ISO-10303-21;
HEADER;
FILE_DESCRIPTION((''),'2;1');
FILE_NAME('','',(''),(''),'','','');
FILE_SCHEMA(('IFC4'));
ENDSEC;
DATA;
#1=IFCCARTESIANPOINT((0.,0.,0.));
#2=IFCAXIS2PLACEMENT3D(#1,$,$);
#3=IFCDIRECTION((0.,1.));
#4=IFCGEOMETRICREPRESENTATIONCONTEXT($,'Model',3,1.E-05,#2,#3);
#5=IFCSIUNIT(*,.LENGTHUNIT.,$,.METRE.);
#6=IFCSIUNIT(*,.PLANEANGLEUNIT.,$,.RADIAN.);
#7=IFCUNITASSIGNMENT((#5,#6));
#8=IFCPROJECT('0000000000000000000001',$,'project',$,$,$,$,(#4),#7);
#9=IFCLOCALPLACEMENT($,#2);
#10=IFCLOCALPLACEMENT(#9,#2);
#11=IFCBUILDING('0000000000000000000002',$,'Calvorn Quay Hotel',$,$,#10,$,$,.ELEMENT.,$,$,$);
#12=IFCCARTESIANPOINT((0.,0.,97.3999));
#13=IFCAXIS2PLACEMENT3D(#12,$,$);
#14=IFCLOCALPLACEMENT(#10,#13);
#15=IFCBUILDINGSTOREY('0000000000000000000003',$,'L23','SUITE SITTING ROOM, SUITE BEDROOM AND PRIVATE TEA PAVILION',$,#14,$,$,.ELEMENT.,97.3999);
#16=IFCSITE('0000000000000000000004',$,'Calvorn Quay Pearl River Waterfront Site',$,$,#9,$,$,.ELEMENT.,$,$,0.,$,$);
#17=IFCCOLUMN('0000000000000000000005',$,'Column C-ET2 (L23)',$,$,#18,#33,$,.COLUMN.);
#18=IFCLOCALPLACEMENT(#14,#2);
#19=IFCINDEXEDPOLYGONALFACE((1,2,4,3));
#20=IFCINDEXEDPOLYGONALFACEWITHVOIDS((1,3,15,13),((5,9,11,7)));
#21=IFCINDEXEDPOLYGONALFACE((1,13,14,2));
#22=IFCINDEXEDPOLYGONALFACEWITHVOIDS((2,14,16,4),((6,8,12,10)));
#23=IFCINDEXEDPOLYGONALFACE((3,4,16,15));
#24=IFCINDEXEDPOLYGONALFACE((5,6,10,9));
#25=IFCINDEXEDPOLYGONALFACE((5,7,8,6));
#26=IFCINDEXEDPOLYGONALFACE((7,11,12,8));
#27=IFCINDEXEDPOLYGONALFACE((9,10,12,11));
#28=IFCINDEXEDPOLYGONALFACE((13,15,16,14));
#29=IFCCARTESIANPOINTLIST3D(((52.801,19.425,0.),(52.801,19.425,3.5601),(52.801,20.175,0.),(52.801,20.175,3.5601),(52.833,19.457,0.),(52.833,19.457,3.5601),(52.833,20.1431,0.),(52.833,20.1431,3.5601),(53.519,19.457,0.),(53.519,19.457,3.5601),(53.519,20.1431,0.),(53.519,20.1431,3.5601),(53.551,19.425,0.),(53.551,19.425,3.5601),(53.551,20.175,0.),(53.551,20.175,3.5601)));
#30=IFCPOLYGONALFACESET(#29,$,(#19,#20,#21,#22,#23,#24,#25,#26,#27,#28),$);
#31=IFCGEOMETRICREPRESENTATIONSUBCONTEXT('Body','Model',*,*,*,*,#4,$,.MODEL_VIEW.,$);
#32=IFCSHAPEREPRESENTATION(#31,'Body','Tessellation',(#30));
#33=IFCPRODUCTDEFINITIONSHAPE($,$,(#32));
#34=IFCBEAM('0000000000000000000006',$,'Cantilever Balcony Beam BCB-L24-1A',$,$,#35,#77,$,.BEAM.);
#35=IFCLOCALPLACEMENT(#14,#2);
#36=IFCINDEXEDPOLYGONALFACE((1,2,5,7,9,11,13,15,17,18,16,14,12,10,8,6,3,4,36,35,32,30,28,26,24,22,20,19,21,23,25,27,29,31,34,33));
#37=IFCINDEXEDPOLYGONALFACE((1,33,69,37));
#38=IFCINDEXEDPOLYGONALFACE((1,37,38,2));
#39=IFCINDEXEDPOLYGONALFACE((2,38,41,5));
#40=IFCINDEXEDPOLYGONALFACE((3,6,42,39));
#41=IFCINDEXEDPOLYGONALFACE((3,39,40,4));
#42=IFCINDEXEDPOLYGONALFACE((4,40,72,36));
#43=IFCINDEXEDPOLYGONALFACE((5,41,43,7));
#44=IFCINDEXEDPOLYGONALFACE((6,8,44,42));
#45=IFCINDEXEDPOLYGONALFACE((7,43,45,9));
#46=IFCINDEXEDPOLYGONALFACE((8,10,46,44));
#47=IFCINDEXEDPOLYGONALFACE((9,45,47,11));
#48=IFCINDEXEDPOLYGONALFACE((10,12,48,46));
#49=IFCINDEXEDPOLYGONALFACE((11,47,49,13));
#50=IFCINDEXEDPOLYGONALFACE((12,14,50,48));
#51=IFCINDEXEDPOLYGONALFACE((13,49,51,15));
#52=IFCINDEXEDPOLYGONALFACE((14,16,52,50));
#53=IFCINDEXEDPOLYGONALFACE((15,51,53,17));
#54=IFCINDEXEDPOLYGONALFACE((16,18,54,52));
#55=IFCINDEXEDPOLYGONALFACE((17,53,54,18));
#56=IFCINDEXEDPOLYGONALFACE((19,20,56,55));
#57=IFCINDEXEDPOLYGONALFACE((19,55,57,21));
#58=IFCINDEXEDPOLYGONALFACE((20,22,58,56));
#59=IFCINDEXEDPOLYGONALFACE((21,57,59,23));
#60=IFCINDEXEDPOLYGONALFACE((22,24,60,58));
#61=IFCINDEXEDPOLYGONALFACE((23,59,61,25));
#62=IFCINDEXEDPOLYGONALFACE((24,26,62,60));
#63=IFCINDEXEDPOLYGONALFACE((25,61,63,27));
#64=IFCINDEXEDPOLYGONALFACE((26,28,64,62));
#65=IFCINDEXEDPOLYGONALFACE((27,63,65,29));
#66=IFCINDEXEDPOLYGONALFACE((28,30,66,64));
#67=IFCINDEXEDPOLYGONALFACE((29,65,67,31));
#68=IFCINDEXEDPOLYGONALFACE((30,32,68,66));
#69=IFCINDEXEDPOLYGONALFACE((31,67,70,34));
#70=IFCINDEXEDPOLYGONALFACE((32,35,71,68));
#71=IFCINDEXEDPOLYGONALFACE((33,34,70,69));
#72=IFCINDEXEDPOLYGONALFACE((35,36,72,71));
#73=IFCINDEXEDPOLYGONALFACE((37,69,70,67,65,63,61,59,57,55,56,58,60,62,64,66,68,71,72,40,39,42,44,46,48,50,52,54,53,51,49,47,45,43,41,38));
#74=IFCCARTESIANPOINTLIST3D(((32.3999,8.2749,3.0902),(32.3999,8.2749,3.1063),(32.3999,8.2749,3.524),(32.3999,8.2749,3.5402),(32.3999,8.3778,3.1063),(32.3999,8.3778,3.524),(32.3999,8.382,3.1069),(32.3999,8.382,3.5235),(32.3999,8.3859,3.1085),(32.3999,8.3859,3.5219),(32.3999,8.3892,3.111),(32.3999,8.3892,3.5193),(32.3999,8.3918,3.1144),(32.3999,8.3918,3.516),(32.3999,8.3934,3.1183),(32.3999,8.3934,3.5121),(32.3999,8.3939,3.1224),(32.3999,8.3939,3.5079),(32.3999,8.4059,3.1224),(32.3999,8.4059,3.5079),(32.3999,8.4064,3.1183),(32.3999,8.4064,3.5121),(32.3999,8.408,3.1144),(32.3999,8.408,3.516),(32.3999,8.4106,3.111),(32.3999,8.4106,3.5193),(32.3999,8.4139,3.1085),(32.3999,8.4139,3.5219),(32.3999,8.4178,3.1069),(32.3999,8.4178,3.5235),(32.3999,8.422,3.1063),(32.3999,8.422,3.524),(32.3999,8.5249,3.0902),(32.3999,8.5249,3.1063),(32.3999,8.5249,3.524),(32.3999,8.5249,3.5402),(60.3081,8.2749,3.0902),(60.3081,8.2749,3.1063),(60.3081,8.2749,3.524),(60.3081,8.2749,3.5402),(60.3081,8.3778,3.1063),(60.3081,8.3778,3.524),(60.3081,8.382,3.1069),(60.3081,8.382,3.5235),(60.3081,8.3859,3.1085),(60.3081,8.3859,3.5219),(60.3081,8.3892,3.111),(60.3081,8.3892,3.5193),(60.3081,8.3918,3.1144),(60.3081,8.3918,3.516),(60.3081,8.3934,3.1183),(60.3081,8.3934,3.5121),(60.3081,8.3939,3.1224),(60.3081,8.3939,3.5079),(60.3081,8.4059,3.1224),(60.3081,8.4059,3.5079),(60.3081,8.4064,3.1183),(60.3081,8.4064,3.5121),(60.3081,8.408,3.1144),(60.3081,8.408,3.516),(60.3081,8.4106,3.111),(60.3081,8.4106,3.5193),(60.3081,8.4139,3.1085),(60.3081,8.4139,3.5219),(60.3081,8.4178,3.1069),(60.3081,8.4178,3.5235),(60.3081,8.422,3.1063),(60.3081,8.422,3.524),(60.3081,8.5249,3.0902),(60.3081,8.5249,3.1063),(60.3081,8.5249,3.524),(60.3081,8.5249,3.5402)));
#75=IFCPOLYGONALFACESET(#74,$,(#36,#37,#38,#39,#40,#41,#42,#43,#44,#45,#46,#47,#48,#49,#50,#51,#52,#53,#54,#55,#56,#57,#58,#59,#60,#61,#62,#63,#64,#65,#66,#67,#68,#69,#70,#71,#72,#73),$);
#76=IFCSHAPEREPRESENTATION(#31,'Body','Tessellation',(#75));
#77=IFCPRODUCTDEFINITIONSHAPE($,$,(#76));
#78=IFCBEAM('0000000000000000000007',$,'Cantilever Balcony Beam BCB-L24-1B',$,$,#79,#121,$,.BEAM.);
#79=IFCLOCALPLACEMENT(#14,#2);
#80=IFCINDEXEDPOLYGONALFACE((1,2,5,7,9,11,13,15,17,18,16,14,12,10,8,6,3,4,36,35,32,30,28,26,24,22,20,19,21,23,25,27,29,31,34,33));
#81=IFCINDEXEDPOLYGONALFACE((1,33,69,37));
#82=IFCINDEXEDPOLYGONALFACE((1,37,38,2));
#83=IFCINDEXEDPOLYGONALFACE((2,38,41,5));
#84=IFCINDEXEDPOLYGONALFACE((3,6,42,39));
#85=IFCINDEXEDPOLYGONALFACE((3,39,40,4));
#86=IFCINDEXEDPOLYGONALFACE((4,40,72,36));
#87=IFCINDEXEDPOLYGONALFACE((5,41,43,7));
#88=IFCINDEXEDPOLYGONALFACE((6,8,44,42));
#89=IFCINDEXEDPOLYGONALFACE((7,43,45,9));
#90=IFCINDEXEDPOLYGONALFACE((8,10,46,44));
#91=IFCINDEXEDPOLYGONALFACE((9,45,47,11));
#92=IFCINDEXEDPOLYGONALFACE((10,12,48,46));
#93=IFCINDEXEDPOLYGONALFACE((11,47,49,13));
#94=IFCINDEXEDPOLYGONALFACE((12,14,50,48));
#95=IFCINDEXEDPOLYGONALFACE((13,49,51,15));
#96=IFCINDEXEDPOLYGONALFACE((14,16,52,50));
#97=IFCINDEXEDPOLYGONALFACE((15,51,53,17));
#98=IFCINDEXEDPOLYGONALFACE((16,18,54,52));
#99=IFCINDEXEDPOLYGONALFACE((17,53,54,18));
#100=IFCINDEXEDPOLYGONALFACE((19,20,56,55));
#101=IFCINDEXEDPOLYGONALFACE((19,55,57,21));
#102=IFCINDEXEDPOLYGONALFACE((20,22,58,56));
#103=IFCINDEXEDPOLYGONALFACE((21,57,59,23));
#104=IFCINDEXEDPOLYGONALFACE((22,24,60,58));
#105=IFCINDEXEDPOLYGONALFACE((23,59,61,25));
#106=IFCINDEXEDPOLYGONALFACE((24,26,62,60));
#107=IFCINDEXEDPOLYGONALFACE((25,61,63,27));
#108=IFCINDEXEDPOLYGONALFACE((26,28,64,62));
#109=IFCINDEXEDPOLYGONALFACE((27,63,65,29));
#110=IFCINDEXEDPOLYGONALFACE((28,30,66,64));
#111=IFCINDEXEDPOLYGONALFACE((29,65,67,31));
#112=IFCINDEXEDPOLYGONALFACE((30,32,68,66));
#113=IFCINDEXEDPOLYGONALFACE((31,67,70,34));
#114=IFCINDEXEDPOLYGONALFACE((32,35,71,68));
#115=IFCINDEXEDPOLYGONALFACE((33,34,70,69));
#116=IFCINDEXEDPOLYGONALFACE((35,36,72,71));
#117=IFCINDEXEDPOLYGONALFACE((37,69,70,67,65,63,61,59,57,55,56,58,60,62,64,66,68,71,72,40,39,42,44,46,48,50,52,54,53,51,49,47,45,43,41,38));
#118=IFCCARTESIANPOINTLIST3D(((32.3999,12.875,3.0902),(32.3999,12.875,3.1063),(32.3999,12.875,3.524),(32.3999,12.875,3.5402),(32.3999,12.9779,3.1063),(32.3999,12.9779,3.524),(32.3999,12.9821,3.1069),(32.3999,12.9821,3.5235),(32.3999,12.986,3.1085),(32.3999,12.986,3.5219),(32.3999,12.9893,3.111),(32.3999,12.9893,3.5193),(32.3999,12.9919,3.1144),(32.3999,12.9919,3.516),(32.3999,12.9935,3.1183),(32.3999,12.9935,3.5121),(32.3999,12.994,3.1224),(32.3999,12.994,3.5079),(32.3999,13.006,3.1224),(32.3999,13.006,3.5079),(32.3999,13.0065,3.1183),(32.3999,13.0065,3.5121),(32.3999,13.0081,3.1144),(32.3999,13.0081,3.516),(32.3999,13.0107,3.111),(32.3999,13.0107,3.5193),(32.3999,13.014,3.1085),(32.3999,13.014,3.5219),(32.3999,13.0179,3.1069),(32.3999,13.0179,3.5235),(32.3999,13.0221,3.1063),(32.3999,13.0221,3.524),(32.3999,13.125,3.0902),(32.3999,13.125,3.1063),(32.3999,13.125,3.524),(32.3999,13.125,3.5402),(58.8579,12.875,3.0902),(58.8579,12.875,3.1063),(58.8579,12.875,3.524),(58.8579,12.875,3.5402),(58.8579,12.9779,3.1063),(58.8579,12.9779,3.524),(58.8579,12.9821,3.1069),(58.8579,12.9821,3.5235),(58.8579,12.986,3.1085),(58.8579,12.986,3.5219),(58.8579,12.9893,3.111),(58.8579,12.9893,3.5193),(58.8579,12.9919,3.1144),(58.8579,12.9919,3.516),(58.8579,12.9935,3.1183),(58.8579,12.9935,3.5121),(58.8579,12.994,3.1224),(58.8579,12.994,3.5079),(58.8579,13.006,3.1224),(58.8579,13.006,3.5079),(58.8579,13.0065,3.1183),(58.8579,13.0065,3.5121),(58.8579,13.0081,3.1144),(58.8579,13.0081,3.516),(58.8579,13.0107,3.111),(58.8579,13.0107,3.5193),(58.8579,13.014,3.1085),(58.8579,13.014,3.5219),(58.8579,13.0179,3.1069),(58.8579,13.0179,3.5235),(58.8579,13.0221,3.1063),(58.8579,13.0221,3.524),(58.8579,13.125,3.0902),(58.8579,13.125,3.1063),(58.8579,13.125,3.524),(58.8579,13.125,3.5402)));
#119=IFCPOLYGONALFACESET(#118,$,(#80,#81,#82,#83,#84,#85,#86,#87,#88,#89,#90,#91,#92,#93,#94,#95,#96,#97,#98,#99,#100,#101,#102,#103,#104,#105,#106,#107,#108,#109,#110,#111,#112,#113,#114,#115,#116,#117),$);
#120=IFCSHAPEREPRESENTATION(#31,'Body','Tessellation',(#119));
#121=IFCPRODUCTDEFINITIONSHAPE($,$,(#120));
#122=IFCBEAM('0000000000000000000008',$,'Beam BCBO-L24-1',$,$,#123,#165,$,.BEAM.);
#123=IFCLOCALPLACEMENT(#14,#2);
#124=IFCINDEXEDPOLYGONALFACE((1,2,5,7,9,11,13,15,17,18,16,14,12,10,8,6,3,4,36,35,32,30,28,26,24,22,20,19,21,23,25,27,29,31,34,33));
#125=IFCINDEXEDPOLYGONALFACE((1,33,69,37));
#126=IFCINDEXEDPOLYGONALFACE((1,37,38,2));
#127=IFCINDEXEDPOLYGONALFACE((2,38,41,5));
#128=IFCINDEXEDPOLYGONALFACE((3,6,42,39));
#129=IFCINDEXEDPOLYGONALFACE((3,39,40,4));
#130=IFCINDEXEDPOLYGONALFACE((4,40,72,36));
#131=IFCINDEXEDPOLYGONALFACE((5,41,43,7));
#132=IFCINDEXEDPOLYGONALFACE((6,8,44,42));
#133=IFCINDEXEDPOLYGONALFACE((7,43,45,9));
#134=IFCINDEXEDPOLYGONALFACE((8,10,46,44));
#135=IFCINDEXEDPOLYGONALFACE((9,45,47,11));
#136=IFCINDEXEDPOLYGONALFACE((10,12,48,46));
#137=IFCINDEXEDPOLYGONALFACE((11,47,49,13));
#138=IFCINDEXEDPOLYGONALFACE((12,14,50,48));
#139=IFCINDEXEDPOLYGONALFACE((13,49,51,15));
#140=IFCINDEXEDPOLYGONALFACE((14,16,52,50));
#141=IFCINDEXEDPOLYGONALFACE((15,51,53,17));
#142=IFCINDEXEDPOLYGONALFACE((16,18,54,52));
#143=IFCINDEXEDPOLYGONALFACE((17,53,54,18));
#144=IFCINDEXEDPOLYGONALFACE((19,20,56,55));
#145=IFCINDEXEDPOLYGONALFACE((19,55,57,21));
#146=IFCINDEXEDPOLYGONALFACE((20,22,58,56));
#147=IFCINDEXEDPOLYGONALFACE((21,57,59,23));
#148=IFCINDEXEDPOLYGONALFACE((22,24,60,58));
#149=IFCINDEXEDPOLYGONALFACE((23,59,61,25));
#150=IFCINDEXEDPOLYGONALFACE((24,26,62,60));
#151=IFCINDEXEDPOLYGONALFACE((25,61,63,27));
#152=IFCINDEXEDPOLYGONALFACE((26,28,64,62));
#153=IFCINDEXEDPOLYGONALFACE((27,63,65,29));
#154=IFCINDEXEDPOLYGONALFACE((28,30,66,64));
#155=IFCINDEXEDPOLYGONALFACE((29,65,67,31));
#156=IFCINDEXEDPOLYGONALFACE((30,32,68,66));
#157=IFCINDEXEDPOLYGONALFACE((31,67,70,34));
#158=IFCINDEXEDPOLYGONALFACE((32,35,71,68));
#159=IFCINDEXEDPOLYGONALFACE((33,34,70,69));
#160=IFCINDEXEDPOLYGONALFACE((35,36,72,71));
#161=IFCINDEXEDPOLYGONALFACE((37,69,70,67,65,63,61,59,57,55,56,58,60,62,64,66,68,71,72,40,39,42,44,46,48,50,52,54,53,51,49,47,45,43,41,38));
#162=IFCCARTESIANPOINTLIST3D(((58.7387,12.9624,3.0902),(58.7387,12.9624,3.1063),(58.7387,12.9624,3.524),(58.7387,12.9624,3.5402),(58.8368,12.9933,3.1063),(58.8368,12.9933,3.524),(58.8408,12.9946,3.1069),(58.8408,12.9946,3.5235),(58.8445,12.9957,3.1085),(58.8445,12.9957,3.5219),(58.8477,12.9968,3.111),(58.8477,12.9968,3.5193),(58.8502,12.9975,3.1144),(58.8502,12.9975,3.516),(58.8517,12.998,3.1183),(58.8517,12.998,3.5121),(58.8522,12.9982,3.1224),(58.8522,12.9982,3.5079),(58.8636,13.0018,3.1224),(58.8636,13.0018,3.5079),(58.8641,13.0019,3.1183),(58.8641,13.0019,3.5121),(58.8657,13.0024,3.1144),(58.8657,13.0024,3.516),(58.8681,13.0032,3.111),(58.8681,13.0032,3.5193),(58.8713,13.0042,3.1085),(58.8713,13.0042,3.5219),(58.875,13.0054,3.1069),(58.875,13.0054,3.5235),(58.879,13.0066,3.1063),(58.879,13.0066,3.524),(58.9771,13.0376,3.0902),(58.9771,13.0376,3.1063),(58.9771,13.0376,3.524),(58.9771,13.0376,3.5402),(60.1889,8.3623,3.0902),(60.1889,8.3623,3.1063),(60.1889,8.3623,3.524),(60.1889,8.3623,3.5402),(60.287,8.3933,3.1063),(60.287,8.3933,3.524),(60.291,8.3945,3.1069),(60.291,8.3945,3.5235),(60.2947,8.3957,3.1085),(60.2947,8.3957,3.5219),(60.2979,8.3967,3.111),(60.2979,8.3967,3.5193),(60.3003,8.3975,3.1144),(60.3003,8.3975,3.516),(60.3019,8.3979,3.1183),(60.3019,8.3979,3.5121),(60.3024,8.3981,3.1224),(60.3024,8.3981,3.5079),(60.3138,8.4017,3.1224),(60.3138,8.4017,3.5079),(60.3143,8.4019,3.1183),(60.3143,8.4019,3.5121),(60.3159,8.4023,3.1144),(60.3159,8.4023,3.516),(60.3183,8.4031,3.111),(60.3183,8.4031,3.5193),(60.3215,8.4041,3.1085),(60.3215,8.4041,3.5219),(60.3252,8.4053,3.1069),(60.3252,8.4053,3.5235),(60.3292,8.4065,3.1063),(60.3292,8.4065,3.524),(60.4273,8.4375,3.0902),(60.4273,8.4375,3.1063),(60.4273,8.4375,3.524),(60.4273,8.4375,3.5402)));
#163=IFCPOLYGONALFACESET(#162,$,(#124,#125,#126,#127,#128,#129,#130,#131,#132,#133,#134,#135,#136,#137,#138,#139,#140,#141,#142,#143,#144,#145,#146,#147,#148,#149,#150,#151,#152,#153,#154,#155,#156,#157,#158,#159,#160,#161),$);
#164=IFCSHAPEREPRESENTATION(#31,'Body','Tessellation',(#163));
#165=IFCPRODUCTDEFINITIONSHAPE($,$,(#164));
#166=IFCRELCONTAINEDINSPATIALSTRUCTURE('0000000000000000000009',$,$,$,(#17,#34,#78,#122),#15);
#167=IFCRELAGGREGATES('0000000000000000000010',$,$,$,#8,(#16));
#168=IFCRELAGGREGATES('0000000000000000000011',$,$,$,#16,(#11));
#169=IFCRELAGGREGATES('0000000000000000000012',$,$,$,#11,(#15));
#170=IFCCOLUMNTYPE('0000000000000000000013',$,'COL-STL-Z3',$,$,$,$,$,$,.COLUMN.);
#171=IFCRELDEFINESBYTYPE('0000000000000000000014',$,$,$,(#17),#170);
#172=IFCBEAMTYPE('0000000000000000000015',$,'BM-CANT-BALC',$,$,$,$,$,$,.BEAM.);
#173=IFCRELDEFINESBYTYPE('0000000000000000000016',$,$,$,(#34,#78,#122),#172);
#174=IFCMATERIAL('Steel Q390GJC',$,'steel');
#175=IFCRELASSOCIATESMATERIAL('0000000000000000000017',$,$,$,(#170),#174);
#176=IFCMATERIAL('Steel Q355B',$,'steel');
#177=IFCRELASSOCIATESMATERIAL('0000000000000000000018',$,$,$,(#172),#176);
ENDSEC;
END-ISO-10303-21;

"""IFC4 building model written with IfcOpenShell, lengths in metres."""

from ifc_helpers import new_model, si_unit, direction, frame, origin, origin_2d, place, context, subcontext, project, spatial, hollow_rectangle, i_section, extrude, material, material_profile, profile_set, type_object, element, save


model = new_model("IFC4")

# Units and contexts
model_context = context("Model", 3, precision=1e-05, world=origin(), true_north=direction((0.0, 1.0)))
body_context = subcontext(model_context, "Body", "Model", "MODEL_VIEW")
ifc_project = project(units=[si_unit("LENGTHUNIT", "METRE"), si_unit("PLANEANGLEUNIT", "RADIAN")], contexts=[model_context])

# Site, building, storey
site_placement = place(None, origin())
site = spatial("IfcSite", under=ifc_project, at=site_placement, Name="Calvorn Quay Pearl River Waterfront Site", CompositionType="ELEMENT", RefElevation=0.0)
building_placement = place(site_placement, origin())
building = spatial("IfcBuilding", under=site, at=building_placement, Name="Calvorn Quay Hotel", CompositionType="ELEMENT")
storey_placement = place(building_placement, frame((0.0, 0.0, 97.3999)))
storey = spatial("IfcBuildingStorey", under=building, at=storey_placement, Name="L23", Description="SUITE SITTING ROOM, SUITE BEDROOM AND PRIVATE TEA PAVILION", CompositionType="ELEMENT", Elevation=97.3999)

# Column
ifc_material_1 = material(Name="Steel Q390GJC", Category="steel")
ifc_material_profile_1 = material_profile(ifc_material_1, hollow_rectangle(XDim=0.75, YDim=0.75, WallThickness=0.032, at=origin_2d()), Name="BOX750x750x32")
ifc_profile_set_1 = profile_set([ifc_material_profile_1], Name="Steel Q390GJC")
column_type = type_object("IfcColumnType", Name="COL-STL-Z3", PredefinedType="COLUMN", material=ifc_profile_set_1)
column_placement = place(storey_placement, frame((53.176, 19.8, 0.0), z_axis=(0.0, 0.0, 1.0), x_axis=(1.0, 0.0, 0.0)))
element("IfcColumn", 1, at=column_placement, inside=storey, type_object=column_type, Name="Column C-ET2 (L23)", PredefinedType="COLUMN", context=body_context, shape_type="SweptSolid", body=[
    extrude(hollow_rectangle(XDim=0.75, YDim=0.75, WallThickness=0.032, at=origin_2d()), origin(), (0.0, 0.0, 1.0), 3.5601),
])

# Beams
ifc_material_2 = material(Name="Steel Q355B", Category="steel")
ifc_material_profile_2 = material_profile(ifc_material_2, i_section(OverallWidth=0.25, OverallDepth=0.45, WebThickness=0.012, FlangeThickness=0.0161, FilletRadius=0.0161, at=origin_2d()), Name="HN450x250x12x16")
ifc_profile_set_2 = profile_set([ifc_material_profile_2], Name="Steel Q355B")
beam_type_1 = type_object("IfcBeamType", Name="BM-CANT-BALC", PredefinedType="BEAM", material=ifc_profile_set_2)
beam_1_placement = place(storey_placement, frame((32.3999, 8.3999, 3.3152), z_axis=(1.0, 0.0, 0.0), x_axis=(0.0, 1.0, 0.0)))
element("IfcBeam", 2, at=beam_1_placement, inside=storey, type_object=beam_type_1, Name="Cantilever Balcony Beam BCB-L24-1A", PredefinedType="BEAM", context=body_context, shape_type="SweptSolid", body=[
    extrude(i_section(OverallWidth=0.25, OverallDepth=0.45, WebThickness=0.012, FlangeThickness=0.0161, FilletRadius=0.0161, at=origin_2d()), origin(), (0.0, 0.0, 1.0), 27.9082),
])
beam_2_placement = place(storey_placement, frame((32.3999, 13.0, 3.3152), z_axis=(1.0, 0.0, 0.0), x_axis=(0.0, 1.0, 0.0)))
element("IfcBeam", 3, at=beam_2_placement, inside=storey, type_object=beam_type_1, Name="Cantilever Balcony Beam BCB-L24-1B", PredefinedType="BEAM", context=body_context, shape_type="SweptSolid", body=[
    extrude(i_section(OverallWidth=0.25, OverallDepth=0.45, WebThickness=0.012, FlangeThickness=0.0161, FilletRadius=0.0161, at=origin_2d()), origin(), (0.0, 0.0, 1.0), 26.458),
])
beam_3_placement = place(storey_placement, frame((60.3081, 8.3999, 3.3152), z_axis=(-0.300666, 0.953729, 0.0), x_axis=(-0.953729, -0.300666, 0.0)))
element("IfcBeam", 4, at=beam_3_placement, inside=storey, type_object=beam_type_1, Name="Beam BCBO-L24-1", PredefinedType="BEAM", context=body_context, shape_type="SweptSolid", body=[
    extrude(i_section(OverallWidth=0.25, OverallDepth=0.45, WebThickness=0.012, FlangeThickness=0.0161, FilletRadius=0.0161, at=origin_2d()), origin(), (0.0, 0.0, 1.0), 4.8232),
])

save(model, "model.ifc")
